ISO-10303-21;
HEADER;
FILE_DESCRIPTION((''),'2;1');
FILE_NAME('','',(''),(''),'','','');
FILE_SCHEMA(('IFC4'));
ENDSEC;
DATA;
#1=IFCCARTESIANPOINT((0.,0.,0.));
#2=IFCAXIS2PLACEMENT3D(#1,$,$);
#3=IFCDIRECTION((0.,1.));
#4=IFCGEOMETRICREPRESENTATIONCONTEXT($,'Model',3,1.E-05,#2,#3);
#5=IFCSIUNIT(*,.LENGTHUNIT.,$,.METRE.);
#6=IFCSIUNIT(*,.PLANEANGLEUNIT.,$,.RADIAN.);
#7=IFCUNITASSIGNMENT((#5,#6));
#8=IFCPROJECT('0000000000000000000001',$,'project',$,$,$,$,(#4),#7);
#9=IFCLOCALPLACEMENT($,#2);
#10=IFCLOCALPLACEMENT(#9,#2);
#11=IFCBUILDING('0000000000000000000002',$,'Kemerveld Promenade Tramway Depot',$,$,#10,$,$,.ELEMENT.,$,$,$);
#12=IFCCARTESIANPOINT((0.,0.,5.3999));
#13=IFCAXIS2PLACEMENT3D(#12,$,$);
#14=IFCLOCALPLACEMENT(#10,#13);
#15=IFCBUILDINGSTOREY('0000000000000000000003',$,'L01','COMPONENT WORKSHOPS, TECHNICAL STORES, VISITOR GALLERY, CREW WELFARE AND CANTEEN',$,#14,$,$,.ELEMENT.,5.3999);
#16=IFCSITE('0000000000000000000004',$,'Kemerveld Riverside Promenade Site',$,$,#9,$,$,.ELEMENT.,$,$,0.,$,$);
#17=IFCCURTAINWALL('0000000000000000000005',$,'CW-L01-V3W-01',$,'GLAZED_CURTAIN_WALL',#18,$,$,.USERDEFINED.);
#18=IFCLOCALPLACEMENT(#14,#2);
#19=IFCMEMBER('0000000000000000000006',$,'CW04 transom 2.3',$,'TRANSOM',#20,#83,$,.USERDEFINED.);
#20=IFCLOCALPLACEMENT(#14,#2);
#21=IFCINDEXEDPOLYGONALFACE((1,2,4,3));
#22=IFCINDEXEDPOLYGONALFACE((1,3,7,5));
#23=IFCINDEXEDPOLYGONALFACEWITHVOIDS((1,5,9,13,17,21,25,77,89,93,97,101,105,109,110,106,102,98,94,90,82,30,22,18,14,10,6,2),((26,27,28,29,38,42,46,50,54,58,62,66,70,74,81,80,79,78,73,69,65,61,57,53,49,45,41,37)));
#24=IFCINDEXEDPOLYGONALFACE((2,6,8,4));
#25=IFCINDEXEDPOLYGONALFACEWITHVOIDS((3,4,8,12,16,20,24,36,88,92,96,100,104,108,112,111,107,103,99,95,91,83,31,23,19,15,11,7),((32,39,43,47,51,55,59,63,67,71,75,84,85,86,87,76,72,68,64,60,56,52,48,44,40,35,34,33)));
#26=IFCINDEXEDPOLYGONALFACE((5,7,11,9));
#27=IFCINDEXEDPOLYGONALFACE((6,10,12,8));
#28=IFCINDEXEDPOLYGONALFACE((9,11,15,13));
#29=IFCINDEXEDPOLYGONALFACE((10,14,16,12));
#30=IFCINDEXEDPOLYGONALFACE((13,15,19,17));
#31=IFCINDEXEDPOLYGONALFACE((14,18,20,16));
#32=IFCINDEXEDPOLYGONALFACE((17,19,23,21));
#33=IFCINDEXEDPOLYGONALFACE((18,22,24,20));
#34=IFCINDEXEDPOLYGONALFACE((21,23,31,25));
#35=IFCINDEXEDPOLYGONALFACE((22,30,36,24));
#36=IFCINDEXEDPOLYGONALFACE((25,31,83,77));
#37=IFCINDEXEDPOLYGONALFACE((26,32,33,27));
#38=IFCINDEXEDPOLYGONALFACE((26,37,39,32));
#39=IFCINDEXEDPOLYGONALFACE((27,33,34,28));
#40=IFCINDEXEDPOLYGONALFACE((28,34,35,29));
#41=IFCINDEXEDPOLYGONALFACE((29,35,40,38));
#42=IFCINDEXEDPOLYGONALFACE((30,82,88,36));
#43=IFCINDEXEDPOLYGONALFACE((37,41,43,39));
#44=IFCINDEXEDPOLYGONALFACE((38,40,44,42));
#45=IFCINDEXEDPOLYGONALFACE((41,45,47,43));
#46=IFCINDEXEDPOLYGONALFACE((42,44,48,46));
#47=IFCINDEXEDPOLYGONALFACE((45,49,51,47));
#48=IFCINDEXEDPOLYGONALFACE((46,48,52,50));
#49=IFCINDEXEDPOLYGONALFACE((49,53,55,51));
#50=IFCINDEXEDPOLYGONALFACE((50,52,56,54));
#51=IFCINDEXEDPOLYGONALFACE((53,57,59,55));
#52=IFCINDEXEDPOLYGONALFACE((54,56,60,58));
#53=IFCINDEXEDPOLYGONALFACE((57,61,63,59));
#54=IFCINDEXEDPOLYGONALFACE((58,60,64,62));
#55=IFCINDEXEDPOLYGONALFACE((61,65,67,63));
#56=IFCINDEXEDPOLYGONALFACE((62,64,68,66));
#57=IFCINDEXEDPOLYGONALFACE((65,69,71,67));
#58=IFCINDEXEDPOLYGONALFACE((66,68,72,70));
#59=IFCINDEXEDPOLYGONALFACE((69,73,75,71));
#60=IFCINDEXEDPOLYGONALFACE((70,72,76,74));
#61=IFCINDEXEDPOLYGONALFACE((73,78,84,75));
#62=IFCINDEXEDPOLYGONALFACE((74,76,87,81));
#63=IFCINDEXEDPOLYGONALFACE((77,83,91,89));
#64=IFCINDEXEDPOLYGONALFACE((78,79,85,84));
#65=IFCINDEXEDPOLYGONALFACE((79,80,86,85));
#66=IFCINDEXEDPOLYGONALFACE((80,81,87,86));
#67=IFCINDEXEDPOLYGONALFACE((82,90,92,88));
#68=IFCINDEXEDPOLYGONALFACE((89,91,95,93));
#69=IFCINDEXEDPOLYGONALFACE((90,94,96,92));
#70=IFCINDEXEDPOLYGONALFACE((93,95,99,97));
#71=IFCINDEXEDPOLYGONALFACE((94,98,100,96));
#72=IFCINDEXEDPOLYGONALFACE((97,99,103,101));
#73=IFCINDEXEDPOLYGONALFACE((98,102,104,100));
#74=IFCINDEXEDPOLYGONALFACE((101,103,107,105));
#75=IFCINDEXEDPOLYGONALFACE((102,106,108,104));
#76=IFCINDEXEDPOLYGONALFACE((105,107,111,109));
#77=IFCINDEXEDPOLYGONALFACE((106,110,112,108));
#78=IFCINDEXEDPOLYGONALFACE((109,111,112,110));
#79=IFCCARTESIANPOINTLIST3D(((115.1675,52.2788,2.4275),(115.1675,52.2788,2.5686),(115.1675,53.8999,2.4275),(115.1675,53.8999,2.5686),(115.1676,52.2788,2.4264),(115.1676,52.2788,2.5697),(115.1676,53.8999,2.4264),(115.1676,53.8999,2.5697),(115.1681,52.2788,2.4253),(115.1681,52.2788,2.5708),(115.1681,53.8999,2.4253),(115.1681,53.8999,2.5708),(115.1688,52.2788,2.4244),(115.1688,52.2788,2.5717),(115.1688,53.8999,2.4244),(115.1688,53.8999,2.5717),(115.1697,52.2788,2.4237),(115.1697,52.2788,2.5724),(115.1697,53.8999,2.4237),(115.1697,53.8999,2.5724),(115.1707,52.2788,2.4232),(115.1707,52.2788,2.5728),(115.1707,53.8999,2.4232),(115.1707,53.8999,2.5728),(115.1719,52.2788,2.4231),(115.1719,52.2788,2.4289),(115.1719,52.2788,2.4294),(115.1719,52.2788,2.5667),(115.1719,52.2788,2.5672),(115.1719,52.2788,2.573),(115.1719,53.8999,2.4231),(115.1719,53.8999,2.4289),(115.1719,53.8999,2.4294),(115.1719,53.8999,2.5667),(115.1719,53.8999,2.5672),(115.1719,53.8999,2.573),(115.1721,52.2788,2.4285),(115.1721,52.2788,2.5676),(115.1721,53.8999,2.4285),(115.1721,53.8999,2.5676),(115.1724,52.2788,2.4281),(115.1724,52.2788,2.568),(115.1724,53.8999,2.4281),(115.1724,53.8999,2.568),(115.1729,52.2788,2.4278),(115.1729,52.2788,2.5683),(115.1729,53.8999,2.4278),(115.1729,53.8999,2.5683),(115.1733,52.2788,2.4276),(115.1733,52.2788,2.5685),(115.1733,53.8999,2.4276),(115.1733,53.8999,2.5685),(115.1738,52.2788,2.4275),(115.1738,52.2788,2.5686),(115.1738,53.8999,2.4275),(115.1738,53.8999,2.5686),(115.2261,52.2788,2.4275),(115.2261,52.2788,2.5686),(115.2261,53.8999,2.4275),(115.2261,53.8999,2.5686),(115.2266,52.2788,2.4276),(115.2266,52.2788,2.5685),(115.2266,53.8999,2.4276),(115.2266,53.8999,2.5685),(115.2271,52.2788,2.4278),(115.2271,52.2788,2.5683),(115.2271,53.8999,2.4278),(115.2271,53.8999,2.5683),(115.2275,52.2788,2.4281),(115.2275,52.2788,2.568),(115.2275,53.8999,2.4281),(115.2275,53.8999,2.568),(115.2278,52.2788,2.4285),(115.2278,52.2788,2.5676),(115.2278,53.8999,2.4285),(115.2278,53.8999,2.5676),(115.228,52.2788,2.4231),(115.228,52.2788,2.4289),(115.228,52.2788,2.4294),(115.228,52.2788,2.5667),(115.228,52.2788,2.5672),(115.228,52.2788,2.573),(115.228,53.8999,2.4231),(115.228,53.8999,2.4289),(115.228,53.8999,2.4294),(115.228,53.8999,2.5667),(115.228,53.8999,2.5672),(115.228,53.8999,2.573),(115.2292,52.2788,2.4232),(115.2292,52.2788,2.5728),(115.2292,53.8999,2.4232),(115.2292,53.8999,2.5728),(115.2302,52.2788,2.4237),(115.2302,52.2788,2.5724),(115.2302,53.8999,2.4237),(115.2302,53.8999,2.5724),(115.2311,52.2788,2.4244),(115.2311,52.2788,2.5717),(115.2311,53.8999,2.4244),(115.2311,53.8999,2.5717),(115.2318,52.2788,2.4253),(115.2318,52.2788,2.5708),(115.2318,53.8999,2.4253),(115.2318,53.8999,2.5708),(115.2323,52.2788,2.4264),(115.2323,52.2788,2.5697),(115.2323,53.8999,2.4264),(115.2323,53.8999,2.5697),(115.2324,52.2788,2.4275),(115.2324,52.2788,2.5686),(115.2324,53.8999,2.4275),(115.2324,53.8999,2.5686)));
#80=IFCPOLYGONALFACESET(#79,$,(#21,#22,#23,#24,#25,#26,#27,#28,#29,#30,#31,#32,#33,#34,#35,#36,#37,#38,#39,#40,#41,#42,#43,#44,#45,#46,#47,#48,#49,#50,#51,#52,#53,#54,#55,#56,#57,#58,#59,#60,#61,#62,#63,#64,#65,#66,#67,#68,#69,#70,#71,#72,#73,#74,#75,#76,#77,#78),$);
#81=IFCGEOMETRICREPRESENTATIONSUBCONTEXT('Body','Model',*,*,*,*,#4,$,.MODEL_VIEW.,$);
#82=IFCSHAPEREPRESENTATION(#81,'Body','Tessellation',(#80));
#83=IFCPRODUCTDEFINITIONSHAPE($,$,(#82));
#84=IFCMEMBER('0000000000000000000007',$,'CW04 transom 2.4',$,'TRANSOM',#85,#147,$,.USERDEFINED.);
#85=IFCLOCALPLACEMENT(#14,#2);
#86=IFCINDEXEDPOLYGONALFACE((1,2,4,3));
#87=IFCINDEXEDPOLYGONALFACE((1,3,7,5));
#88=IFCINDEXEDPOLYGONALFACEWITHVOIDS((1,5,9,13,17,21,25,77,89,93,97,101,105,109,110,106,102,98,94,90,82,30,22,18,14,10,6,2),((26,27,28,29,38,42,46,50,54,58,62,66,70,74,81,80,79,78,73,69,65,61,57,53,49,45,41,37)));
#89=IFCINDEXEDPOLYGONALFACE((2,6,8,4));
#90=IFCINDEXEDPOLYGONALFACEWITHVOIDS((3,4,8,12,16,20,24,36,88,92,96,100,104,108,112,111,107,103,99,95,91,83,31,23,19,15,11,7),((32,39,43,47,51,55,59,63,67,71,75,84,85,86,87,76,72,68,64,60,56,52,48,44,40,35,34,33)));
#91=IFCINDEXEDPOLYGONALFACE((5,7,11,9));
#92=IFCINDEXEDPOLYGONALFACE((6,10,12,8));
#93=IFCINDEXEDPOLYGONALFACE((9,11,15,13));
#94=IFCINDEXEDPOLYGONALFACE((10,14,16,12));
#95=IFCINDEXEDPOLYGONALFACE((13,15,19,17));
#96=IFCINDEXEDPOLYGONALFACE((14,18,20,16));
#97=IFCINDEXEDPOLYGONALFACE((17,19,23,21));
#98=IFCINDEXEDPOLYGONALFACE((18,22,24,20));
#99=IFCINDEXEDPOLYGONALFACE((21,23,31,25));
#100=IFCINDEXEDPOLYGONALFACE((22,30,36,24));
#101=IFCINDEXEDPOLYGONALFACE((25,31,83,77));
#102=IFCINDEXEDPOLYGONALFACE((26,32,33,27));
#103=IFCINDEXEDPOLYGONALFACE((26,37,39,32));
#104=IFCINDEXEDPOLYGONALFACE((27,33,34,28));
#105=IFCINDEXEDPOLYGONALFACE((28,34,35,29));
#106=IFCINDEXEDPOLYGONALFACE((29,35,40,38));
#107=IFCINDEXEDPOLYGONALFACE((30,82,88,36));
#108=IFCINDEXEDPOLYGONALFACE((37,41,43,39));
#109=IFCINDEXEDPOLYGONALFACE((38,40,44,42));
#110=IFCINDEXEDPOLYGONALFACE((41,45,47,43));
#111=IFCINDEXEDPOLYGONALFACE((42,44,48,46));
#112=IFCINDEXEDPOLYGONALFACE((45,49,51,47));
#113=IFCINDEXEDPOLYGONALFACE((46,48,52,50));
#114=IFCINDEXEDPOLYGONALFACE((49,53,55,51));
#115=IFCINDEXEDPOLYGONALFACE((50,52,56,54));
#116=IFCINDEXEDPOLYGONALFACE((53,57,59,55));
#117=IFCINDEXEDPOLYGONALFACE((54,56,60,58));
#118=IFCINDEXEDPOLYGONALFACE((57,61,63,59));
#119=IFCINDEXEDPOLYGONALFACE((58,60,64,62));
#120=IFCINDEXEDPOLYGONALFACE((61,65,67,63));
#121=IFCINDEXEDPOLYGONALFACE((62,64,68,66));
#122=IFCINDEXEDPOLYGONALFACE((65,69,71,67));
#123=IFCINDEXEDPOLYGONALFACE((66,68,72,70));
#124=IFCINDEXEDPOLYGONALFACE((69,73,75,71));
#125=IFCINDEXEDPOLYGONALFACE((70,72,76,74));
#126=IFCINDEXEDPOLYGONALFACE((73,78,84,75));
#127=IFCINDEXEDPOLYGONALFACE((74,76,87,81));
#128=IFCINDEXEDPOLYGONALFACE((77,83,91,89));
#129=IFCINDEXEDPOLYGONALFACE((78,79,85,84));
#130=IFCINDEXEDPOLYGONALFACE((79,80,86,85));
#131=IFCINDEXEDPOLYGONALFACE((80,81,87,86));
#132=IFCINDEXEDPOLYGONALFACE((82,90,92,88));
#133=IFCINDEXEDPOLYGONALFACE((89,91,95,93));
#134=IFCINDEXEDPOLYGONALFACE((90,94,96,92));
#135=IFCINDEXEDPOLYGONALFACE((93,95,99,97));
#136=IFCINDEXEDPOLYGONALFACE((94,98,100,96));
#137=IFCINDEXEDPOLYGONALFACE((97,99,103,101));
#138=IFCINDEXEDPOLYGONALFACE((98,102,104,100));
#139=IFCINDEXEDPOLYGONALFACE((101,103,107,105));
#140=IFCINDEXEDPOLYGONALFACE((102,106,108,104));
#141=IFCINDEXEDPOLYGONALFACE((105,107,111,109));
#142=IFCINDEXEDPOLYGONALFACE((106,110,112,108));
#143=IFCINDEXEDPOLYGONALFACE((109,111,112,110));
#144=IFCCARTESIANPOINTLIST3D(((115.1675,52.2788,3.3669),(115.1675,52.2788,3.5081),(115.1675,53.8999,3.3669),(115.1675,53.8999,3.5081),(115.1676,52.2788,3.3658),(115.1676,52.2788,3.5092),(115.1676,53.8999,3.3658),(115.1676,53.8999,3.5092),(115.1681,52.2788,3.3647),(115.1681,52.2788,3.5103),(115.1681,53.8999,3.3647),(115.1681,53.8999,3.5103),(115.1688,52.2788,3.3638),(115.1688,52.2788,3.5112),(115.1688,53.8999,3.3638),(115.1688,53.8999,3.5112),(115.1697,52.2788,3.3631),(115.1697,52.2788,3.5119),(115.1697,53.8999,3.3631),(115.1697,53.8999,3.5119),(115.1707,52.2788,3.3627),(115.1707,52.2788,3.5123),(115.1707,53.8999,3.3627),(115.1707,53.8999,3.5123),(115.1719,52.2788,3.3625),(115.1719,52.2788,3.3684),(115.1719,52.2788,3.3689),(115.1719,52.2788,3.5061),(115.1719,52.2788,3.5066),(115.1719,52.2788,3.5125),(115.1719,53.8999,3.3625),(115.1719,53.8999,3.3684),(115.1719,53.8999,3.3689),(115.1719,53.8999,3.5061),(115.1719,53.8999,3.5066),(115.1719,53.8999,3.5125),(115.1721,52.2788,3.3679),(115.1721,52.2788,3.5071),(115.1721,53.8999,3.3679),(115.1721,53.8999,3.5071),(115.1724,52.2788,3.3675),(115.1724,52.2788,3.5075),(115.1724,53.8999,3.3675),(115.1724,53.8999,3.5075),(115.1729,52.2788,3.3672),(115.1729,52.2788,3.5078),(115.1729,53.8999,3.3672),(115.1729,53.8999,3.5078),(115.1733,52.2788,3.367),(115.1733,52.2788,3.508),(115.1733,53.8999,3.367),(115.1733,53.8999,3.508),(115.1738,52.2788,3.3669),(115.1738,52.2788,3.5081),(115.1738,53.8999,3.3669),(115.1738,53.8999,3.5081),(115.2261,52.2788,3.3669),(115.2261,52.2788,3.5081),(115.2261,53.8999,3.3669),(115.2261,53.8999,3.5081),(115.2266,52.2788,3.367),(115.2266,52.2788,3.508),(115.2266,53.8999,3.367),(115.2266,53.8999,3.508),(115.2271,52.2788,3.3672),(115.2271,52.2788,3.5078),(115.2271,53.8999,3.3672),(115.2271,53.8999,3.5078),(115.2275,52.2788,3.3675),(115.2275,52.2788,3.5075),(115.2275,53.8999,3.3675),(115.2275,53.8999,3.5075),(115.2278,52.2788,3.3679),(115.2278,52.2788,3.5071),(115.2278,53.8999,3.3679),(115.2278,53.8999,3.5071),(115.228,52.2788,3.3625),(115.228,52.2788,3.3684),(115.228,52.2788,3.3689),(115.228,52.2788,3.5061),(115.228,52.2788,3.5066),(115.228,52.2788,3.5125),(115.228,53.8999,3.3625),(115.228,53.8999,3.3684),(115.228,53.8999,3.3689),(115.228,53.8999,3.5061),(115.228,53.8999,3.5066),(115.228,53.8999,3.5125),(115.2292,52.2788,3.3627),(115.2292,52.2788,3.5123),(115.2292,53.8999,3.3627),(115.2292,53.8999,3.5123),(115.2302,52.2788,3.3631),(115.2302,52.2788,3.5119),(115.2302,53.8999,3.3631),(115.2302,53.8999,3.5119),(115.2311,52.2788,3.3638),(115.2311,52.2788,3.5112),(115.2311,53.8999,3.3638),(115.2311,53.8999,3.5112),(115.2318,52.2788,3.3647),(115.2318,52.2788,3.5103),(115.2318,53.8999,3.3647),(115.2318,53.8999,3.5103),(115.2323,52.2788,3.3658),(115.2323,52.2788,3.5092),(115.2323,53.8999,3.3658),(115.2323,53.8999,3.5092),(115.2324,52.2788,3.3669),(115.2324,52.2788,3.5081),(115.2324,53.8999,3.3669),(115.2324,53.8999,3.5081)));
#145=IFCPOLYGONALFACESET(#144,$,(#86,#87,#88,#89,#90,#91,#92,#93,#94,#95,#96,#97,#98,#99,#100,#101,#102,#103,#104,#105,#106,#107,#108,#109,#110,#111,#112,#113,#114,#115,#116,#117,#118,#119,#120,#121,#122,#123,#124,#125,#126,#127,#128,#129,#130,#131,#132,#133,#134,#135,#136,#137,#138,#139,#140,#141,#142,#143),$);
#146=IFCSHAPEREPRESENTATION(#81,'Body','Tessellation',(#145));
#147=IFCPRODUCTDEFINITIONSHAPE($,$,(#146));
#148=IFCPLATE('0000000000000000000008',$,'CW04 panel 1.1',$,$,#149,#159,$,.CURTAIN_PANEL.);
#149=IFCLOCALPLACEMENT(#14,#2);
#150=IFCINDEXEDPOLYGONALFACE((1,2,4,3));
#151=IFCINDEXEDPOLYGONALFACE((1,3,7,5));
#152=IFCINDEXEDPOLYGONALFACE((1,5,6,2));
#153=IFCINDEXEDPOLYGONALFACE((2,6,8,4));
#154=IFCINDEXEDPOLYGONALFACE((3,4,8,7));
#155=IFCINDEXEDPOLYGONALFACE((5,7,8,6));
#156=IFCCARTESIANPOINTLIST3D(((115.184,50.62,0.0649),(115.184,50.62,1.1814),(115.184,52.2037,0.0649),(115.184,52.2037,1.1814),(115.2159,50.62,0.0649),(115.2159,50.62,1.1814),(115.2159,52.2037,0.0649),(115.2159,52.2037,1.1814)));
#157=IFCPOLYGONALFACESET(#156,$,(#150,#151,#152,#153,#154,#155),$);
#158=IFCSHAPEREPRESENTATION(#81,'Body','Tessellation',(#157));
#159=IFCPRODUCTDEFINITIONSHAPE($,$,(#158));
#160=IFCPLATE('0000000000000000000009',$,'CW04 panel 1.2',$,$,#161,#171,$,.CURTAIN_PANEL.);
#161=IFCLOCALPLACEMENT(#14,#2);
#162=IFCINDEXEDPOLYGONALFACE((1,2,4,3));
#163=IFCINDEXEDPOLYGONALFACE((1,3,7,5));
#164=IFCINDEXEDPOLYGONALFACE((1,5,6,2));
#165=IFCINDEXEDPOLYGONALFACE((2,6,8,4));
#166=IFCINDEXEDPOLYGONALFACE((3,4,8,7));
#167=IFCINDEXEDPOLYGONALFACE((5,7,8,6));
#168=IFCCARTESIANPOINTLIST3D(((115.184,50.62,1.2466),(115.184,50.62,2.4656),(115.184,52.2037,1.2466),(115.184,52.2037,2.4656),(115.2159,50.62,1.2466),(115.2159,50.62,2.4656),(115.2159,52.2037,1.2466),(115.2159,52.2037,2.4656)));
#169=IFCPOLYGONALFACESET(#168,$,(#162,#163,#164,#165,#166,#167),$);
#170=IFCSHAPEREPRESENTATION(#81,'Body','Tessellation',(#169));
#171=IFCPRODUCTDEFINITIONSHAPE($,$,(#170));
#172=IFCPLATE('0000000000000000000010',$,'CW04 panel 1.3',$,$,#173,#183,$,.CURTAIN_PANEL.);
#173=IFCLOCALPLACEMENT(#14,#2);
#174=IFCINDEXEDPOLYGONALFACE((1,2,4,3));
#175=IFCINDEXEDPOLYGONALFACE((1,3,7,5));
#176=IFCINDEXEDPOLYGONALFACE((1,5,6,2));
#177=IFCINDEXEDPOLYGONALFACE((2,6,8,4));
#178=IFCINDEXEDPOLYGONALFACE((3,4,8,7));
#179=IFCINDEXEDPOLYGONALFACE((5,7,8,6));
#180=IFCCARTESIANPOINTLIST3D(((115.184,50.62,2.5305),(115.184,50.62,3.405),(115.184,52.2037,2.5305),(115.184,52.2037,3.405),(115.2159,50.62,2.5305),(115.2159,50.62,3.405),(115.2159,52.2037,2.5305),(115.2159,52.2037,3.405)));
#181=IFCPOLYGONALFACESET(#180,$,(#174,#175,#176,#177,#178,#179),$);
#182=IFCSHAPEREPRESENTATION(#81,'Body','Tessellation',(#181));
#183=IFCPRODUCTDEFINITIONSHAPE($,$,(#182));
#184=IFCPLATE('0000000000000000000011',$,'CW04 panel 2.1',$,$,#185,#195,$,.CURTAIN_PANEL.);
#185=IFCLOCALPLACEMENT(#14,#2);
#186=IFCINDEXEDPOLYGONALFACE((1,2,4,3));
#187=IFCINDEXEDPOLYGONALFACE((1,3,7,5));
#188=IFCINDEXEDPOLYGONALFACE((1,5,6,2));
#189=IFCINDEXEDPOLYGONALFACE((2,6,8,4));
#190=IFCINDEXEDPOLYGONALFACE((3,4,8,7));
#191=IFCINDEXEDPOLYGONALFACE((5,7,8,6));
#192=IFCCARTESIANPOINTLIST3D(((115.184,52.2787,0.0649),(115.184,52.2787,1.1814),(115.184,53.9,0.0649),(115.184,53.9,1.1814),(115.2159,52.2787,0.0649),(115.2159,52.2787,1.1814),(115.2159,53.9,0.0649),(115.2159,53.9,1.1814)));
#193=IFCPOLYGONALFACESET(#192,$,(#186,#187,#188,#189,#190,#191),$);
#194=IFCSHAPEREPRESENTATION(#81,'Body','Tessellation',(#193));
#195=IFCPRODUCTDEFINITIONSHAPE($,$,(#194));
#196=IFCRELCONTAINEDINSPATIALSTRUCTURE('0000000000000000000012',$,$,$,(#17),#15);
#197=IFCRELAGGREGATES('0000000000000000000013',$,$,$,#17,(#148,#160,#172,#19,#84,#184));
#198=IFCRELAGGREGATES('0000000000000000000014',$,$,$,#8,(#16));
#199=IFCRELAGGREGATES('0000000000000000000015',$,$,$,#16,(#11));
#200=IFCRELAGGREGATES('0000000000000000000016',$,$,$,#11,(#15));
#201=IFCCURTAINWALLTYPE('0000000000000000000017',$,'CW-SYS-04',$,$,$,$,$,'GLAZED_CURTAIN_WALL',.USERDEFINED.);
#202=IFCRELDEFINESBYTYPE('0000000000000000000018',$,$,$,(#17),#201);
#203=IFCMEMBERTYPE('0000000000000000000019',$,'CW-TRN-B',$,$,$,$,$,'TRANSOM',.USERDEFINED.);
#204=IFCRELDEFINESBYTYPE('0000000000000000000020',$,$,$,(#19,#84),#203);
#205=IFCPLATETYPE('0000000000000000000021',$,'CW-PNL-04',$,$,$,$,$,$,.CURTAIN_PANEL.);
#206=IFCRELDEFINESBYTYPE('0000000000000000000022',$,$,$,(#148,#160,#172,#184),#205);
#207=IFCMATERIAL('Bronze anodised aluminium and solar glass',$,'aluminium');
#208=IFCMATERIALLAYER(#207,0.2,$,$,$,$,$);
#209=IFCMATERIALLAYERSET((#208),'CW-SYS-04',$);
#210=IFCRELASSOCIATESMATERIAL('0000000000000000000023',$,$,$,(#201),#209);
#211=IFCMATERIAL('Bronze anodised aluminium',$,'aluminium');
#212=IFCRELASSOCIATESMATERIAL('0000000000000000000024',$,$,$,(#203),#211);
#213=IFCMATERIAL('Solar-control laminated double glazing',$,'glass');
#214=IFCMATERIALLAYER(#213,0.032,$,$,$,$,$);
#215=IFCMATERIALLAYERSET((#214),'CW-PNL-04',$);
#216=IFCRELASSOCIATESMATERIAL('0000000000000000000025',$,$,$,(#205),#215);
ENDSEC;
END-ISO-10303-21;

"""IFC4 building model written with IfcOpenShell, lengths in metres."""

from ifc_helpers import new_model, si_unit, direction, frame, origin, origin_2d, place, context, subcontext, project, spatial, rectangle, hollow_rectangle, extrude, material, layer, layer_set, material_profile, profile_set, type_object, element, aggregate, save


model = new_model("IFC4")

# Units and contexts
model_context = context("Model", 3, precision=1e-05, world=origin(), true_north=direction((0.0, 1.0)))
body_context = subcontext(model_context, "Body", "Model", "MODEL_VIEW")
ifc_project = project(units=[si_unit("LENGTHUNIT", "METRE"), si_unit("PLANEANGLEUNIT", "RADIAN")], contexts=[model_context])

# Site, building, storey
site_placement = place(None, origin())
site = spatial("IfcSite", under=ifc_project, at=site_placement, Name="Kemerveld Riverside Promenade Site", CompositionType="ELEMENT", RefElevation=0.0)
building_placement = place(site_placement, origin())
building = spatial("IfcBuilding", under=site, at=building_placement, Name="Kemerveld Promenade Tramway Depot", CompositionType="ELEMENT")
storey_placement = place(building_placement, frame((0.0, 0.0, 5.3999)))
storey = spatial("IfcBuildingStorey", under=building, at=storey_placement, Name="L01", Description="COMPONENT WORKSHOPS, TECHNICAL STORES, VISITOR GALLERY, CREW WELFARE AND CANTEEN", CompositionType="ELEMENT", Elevation=5.3999)

# Curtain wall, members, plates
ifc_material_1 = material(Name="Bronze anodised aluminium and solar glass", Category="aluminium")
ifc_layer_1 = layer(ifc_material_1, 0.2)
ifc_layer_set_1 = layer_set([ifc_layer_1], Name="CW-SYS-04")
curtain_wall_type = type_object("IfcCurtainWallType", Name="CW-SYS-04", ElementType="GLAZED_CURTAIN_WALL", PredefinedType="USERDEFINED", material=ifc_layer_set_1)
curtain_wall_placement = place(storey_placement, origin())
curtain_wall = element("IfcCurtainWall", 1, at=curtain_wall_placement, inside=storey, type_object=curtain_wall_type, Name="CW-L01-V3W-01", ObjectType="GLAZED_CURTAIN_WALL", PredefinedType="USERDEFINED")
ifc_material_2 = material(Name="Bronze anodised aluminium", Category="aluminium")
ifc_material_profile_1 = material_profile(ifc_material_2, hollow_rectangle(XDim=0.0649, YDim=0.1499, WallThickness=0.0044, InnerFilletRadius=0.002, OuterFilletRadius=0.0044, at=origin_2d()), Name="CW-TRN-150x65")
ifc_profile_set_1 = profile_set([ifc_material_profile_1], Name="Bronze anodised aluminium")
member_type_1 = type_object("IfcMemberType", Name="CW-TRN-B", ElementType="TRANSOM", PredefinedType="USERDEFINED", material=ifc_profile_set_1)
member_1_placement = place(storey_placement, frame((115.2, 52.2788, 2.498), z_axis=(0.0, 1.0, 0.0), x_axis=(-1.0, 0.0, 0.0)))
member_1 = element("IfcMember", 2, at=member_1_placement, type_object=member_type_1, Name="CW04 transom 2.3", ObjectType="TRANSOM", PredefinedType="USERDEFINED", context=body_context, shape_type="SweptSolid", body=[
    extrude(hollow_rectangle(XDim=0.0649, YDim=0.1499, WallThickness=0.0044, InnerFilletRadius=0.002, OuterFilletRadius=0.0044, at=origin_2d()), origin(), (0.0, 0.0, 1.0), 1.6211),
])
member_2_placement = place(storey_placement, frame((115.2, 52.2788, 3.4375), z_axis=(0.0, 1.0, 0.0), x_axis=(-1.0, 0.0, 0.0)))
member_2 = element("IfcMember", 3, at=member_2_placement, type_object=member_type_1, Name="CW04 transom 2.4", ObjectType="TRANSOM", PredefinedType="USERDEFINED", context=body_context, shape_type="SweptSolid", body=[
    extrude(hollow_rectangle(XDim=0.0649, YDim=0.1499, WallThickness=0.0044, InnerFilletRadius=0.002, OuterFilletRadius=0.0044, at=origin_2d()), origin(), (0.0, 0.0, 1.0), 1.6211),
])
ifc_material_3 = material(Name="Solar-control laminated double glazing", Category="glass")
ifc_layer_2 = layer(ifc_material_3, 0.032)
ifc_layer_set_2 = layer_set([ifc_layer_2], Name="CW-PNL-04")
plate_type_1 = type_object("IfcPlateType", Name="CW-PNL-04", PredefinedType="CURTAIN_PANEL", material=ifc_layer_set_2)
plate_1_placement = place(storey_placement, frame((115.2, 51.4119, 0.0649), z_axis=(0.0, 0.0, 1.0), x_axis=(0.0, 1.0, 0.0)))
plate_1 = element("IfcPlate", 4, at=plate_1_placement, type_object=plate_type_1, Name="CW04 panel 1.1", PredefinedType="CURTAIN_PANEL", context=body_context, shape_type="SweptSolid", body=[
    extrude(rectangle(XDim=1.5837, YDim=0.032, at=origin_2d()), origin(), (0.0, 0.0, 1.0), 1.1165),
])
plate_2_placement = place(storey_placement, frame((115.2, 51.4119, 1.2466), z_axis=(0.0, 0.0, 1.0), x_axis=(0.0, 1.0, 0.0)))
plate_2 = element("IfcPlate", 5, at=plate_2_placement, type_object=plate_type_1, Name="CW04 panel 1.2", PredefinedType="CURTAIN_PANEL", context=body_context, shape_type="SweptSolid", body=[
    extrude(rectangle(XDim=1.5837, YDim=0.032, at=origin_2d()), origin(), (0.0, 0.0, 1.0), 1.219),
])
plate_3_placement = place(storey_placement, frame((115.2, 51.4119, 2.5305), z_axis=(0.0, 0.0, 1.0), x_axis=(0.0, 1.0, 0.0)))
plate_3 = element("IfcPlate", 6, at=plate_3_placement, type_object=plate_type_1, Name="CW04 panel 1.3", PredefinedType="CURTAIN_PANEL", context=body_context, shape_type="SweptSolid", body=[
    extrude(rectangle(XDim=1.5837, YDim=0.032, at=origin_2d()), origin(), (0.0, 0.0, 1.0), 0.8745),
])
plate_4_placement = place(storey_placement, frame((115.2, 53.0894, 0.0649), z_axis=(0.0, 0.0, 1.0), x_axis=(0.0, 1.0, 0.0)))
plate_4 = element("IfcPlate", 7, at=plate_4_placement, type_object=plate_type_1, Name="CW04 panel 2.1", PredefinedType="CURTAIN_PANEL", context=body_context, shape_type="SweptSolid", body=[
    extrude(rectangle(XDim=1.6213, YDim=0.032, at=origin_2d()), origin(), (0.0, 0.0, 1.0), 1.1165),
])
aggregate(curtain_wall, [plate_1, plate_2, plate_3, member_1, member_2, plate_4])

save(model, "model.ifc")
